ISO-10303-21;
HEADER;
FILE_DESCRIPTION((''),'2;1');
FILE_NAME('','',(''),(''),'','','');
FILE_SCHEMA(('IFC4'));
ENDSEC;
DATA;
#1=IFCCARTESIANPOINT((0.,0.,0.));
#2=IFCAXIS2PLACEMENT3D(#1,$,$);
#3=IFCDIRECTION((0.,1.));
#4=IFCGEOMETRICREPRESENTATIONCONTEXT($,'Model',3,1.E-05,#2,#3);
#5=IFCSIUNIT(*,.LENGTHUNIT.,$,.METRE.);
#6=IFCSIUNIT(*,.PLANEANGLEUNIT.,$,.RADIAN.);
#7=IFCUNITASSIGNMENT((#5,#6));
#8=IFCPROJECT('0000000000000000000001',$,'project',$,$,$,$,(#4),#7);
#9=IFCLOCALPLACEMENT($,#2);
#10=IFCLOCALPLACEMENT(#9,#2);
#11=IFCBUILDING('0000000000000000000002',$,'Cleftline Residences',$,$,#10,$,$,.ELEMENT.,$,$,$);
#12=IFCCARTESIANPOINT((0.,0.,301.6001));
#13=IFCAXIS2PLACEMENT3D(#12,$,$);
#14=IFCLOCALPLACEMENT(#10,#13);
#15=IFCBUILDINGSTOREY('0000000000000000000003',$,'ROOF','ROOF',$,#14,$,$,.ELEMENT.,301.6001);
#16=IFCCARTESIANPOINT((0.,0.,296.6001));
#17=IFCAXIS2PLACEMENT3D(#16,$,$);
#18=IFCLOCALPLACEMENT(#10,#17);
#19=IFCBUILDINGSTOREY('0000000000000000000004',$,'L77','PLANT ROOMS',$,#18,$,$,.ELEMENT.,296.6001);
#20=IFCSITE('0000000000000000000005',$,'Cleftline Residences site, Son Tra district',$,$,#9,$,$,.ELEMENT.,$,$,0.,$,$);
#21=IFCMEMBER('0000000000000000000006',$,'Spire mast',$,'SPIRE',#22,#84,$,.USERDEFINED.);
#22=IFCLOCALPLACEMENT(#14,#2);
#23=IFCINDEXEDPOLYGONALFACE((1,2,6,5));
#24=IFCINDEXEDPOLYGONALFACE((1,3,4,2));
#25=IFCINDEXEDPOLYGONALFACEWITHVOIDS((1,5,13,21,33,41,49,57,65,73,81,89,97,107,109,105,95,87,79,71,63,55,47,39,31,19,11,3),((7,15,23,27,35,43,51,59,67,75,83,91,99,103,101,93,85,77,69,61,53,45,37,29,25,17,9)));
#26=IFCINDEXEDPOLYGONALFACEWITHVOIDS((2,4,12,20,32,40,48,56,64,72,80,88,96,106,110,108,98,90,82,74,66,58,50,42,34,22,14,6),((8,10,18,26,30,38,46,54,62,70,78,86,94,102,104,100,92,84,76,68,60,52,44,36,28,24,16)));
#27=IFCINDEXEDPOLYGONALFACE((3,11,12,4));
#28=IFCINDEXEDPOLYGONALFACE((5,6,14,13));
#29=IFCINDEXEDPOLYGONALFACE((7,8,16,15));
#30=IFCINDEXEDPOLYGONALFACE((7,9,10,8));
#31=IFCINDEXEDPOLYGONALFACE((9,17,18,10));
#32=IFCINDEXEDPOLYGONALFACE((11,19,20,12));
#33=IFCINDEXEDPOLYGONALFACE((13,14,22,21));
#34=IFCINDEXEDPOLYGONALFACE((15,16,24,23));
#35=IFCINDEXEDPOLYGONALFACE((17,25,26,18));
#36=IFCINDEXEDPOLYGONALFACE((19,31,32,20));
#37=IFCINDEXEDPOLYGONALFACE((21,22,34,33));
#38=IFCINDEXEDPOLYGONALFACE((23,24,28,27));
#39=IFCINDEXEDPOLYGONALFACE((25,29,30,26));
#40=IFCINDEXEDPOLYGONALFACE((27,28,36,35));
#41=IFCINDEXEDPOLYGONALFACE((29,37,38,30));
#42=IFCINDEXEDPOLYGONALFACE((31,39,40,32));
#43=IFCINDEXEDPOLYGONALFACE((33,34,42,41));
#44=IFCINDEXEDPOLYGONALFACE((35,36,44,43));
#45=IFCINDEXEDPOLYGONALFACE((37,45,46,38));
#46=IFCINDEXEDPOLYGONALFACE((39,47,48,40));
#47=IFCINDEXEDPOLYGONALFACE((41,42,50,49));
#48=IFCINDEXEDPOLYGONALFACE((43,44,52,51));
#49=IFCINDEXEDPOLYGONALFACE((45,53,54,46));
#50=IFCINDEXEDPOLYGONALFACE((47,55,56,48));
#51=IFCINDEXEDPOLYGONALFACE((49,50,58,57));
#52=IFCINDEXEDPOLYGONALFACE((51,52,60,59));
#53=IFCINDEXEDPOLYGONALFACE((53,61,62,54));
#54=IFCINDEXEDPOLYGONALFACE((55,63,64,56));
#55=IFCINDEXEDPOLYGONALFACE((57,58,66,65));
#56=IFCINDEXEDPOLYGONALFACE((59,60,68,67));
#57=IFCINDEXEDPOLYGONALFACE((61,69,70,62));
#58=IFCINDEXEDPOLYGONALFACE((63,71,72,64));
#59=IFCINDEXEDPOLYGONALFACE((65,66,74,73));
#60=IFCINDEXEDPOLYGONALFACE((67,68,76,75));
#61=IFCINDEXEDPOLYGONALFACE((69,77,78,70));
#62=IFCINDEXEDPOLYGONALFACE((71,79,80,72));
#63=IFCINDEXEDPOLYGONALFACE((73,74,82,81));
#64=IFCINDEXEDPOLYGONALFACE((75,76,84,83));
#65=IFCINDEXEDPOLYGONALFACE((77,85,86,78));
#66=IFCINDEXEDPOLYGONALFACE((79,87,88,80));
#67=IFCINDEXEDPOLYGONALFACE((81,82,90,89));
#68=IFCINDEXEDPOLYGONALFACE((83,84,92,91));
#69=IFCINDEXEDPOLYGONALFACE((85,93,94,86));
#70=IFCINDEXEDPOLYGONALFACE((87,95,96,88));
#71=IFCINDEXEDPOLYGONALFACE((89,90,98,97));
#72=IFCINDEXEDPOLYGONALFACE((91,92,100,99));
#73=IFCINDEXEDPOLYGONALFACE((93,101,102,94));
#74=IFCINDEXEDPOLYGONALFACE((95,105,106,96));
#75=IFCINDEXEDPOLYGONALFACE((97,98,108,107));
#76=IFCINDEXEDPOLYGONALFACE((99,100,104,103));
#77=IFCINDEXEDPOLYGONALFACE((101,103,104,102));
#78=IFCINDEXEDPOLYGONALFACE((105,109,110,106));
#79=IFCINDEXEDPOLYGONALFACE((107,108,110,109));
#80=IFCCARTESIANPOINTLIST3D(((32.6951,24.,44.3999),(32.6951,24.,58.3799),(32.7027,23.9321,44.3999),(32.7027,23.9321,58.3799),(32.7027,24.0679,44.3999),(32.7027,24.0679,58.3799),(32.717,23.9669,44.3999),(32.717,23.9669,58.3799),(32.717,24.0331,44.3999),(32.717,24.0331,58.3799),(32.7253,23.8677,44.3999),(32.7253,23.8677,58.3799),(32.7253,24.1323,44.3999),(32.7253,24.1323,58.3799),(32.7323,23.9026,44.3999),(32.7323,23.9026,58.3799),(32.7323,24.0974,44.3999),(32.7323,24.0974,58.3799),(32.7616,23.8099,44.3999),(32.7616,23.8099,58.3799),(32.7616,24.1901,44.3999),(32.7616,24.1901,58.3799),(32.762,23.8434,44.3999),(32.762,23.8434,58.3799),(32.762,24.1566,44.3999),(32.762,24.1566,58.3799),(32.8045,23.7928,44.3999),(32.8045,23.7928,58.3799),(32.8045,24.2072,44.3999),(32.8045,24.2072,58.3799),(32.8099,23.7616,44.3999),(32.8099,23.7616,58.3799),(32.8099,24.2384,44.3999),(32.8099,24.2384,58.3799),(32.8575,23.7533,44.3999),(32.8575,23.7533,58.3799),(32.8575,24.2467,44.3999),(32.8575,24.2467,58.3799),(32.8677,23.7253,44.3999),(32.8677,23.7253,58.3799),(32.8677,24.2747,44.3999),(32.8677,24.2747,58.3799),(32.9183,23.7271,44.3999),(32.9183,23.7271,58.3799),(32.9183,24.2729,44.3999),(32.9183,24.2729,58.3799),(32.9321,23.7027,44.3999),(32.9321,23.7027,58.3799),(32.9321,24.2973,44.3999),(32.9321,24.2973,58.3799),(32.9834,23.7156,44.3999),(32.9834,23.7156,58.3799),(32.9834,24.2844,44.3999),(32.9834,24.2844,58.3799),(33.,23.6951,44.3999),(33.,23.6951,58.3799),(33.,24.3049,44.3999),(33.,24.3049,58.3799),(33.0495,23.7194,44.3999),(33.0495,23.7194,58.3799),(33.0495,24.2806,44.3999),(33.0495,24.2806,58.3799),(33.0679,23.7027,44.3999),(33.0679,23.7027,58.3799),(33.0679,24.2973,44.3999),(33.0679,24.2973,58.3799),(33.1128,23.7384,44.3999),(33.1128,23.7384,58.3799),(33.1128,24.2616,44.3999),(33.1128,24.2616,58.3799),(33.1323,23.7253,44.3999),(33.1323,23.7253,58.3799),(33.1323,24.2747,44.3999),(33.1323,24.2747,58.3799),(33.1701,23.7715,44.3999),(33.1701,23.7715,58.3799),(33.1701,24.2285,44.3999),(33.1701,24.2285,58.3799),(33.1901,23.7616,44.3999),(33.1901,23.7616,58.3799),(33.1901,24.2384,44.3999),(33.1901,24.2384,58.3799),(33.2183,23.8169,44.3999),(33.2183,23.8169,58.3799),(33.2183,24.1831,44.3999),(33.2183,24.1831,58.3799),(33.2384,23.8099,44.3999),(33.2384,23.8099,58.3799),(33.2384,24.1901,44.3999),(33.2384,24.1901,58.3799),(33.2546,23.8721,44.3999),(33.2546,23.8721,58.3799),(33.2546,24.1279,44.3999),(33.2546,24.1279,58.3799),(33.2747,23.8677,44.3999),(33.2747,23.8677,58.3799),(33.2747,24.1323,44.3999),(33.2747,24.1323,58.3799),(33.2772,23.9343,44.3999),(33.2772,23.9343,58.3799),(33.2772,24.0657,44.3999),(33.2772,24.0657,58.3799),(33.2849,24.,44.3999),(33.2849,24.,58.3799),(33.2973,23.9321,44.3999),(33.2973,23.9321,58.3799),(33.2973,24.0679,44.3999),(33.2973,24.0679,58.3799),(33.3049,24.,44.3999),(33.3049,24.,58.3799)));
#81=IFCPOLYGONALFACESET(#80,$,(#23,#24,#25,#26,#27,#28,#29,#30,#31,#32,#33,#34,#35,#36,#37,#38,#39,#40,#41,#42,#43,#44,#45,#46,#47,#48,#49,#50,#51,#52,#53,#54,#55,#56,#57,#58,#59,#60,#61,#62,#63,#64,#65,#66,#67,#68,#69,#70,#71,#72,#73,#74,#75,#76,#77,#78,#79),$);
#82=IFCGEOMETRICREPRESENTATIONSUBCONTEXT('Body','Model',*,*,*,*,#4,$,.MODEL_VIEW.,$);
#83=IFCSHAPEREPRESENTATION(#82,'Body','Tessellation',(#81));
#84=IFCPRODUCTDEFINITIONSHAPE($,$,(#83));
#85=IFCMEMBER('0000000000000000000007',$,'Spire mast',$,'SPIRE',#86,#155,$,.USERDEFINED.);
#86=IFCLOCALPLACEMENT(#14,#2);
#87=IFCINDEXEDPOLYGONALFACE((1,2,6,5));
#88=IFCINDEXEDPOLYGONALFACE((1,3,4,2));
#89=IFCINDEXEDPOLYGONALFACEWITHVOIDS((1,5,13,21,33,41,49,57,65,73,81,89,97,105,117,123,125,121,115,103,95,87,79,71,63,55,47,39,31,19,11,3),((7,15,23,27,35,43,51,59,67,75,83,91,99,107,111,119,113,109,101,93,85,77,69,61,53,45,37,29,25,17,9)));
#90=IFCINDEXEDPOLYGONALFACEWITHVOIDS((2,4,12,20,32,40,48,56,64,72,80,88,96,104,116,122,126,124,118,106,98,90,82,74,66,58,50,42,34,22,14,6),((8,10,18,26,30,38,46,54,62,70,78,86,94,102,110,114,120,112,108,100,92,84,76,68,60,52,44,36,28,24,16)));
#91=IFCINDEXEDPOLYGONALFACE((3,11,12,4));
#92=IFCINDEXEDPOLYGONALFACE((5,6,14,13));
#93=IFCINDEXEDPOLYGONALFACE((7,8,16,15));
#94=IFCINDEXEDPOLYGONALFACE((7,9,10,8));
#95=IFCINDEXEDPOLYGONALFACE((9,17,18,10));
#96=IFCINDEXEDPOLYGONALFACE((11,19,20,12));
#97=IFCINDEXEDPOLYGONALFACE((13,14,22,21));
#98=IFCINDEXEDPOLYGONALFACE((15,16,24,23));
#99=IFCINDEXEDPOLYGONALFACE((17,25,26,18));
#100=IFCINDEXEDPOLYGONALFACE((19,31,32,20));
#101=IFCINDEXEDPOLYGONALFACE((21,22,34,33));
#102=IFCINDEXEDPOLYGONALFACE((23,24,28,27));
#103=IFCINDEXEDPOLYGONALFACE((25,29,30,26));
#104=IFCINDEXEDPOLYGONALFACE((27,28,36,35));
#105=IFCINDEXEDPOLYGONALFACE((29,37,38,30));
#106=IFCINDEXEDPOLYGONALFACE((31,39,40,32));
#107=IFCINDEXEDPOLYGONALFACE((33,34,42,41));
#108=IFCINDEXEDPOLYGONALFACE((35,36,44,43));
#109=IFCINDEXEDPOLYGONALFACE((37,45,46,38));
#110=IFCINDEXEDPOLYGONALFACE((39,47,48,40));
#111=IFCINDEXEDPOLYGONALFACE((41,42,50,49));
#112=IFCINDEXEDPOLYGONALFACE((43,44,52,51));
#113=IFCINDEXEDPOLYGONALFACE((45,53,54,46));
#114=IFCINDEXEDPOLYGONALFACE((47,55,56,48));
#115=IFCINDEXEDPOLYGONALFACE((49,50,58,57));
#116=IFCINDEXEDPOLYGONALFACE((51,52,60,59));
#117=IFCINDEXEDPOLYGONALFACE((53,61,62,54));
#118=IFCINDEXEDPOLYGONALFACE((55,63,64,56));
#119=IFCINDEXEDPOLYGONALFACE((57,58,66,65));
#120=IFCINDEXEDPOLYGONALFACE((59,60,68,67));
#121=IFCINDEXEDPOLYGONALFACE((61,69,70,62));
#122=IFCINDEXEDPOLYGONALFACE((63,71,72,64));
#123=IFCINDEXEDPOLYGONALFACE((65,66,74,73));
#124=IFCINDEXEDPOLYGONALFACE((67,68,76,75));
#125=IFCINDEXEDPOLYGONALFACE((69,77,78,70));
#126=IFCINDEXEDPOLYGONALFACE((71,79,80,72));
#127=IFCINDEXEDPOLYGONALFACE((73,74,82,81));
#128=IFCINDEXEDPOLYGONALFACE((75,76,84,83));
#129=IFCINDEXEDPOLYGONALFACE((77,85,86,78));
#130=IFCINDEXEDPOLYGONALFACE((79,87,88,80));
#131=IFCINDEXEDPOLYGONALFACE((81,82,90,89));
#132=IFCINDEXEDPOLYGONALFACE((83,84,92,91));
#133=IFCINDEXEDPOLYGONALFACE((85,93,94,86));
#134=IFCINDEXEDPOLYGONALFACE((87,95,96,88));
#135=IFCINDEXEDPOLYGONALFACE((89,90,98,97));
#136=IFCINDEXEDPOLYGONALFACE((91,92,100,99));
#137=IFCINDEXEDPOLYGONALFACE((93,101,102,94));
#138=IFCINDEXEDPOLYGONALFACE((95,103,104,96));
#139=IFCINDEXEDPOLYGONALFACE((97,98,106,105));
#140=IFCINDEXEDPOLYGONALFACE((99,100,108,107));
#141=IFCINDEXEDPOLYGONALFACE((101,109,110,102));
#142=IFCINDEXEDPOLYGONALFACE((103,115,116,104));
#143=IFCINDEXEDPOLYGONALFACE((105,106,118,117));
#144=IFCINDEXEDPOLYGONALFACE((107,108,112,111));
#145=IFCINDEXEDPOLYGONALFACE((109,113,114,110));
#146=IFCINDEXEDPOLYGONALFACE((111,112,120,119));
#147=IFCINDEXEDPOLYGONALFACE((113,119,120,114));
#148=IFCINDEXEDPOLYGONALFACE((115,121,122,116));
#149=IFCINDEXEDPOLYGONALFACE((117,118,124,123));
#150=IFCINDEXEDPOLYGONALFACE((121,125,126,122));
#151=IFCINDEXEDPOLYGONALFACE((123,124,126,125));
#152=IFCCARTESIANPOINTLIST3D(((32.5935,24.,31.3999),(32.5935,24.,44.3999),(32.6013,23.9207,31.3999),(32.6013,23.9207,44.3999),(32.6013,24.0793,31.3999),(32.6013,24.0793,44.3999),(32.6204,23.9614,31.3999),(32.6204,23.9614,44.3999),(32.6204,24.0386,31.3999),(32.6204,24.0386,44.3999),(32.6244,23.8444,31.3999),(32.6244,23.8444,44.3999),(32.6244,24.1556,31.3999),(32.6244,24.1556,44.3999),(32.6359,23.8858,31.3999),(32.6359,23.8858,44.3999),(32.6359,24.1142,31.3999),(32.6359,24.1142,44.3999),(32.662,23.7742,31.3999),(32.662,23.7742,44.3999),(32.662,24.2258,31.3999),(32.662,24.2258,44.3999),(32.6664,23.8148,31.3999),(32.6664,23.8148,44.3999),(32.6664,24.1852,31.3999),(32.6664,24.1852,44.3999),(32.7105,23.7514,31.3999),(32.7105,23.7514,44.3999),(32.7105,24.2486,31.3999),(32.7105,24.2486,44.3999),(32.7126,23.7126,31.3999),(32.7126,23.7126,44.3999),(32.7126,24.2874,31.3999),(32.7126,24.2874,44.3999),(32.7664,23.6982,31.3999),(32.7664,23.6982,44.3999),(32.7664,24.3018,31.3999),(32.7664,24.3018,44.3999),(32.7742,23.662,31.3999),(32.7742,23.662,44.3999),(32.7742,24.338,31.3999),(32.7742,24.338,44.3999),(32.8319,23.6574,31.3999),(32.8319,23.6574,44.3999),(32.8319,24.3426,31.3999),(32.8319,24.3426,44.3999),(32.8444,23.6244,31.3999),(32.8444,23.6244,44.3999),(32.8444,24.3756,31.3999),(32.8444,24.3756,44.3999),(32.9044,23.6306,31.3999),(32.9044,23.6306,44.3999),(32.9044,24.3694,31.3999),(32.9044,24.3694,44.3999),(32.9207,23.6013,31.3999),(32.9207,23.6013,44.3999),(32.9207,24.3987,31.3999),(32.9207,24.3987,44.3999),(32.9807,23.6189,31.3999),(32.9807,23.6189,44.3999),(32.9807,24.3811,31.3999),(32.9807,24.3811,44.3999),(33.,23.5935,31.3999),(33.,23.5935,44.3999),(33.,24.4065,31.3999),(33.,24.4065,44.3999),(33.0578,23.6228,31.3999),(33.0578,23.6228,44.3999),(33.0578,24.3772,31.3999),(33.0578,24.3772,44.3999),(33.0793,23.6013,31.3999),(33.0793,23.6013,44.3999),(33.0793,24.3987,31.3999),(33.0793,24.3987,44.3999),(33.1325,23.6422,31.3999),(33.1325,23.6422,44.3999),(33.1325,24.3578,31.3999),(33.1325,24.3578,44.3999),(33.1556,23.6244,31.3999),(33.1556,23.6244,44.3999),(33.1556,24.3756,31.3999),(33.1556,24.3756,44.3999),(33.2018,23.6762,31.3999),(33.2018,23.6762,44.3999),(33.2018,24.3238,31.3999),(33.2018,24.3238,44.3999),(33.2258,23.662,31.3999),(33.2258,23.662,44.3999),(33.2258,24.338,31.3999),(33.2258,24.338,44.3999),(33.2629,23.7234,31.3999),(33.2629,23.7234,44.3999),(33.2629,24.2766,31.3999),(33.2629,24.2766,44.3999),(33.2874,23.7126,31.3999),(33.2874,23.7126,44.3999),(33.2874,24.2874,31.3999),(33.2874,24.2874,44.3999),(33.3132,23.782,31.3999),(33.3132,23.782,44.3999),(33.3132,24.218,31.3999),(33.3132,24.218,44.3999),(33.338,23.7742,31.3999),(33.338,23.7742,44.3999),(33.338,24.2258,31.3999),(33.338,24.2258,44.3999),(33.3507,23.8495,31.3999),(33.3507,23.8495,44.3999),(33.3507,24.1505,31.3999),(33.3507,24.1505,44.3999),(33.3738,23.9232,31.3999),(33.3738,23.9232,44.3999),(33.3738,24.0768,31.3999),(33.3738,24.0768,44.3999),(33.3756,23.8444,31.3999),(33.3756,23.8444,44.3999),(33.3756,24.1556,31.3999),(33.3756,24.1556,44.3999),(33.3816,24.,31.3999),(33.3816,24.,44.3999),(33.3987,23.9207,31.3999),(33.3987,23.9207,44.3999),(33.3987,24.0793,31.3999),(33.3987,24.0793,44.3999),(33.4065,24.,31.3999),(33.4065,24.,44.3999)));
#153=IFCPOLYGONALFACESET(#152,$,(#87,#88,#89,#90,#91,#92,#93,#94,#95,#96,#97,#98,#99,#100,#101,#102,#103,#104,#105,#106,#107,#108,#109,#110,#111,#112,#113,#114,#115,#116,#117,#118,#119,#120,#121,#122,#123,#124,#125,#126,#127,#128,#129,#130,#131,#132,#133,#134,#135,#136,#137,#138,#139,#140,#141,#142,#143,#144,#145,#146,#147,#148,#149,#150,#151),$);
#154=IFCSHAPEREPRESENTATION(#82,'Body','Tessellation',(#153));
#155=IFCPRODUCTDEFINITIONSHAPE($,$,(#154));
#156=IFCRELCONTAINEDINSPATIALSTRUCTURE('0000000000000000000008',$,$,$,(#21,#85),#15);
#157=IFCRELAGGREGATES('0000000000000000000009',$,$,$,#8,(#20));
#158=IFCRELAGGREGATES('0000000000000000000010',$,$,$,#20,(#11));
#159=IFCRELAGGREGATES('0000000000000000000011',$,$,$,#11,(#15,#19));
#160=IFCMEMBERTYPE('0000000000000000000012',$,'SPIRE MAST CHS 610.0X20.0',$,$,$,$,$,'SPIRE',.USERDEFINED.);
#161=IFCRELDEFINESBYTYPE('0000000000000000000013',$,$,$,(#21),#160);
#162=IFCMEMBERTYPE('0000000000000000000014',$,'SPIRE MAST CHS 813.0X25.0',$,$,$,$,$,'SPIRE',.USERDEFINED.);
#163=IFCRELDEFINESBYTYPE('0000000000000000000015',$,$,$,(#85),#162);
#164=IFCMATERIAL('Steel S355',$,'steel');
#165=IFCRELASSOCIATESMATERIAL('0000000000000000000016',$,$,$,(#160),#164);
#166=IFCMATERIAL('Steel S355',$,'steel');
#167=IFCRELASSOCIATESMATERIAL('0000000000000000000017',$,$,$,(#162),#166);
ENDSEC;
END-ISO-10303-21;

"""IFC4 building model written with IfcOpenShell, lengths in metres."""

from ifc_helpers import new_model, si_unit, direction, frame, origin, origin_2d, place, context, subcontext, project, spatial, hollow_circle, extrude, material, material_profile, profile_set, type_object, element, save


model = new_model("IFC4")

# Units and contexts
model_context = context("Model", 3, precision=1e-05, world=origin(), true_north=direction((0.0, 1.0)))
body_context = subcontext(model_context, "Body", "Model", "MODEL_VIEW")
ifc_project = project(units=[si_unit("LENGTHUNIT", "METRE"), si_unit("PLANEANGLEUNIT", "RADIAN")], contexts=[model_context])

# Site, building, storey
site_placement = place(None, origin())
site = spatial("IfcSite", under=ifc_project, at=site_placement, Name="Cleftline Residences site, Son Tra district", CompositionType="ELEMENT", RefElevation=0.0)
building_placement = place(site_placement, origin())
building = spatial("IfcBuilding", under=site, at=building_placement, Name="Cleftline Residences", CompositionType="ELEMENT")
storey_1_placement = place(building_placement, frame((0.0, 0.0, 301.6001)))
storey_1 = spatial("IfcBuildingStorey", under=building, at=storey_1_placement, Name="ROOF", Description="ROOF", CompositionType="ELEMENT", Elevation=301.6001)

# Members
ifc_material_1 = material(Name="Steel S355", Category="steel")
ifc_material_profile_1 = material_profile(ifc_material_1, hollow_circle(Radius=0.3049, WallThickness=0.02, at=origin_2d()))
ifc_profile_set_1 = profile_set([ifc_material_profile_1], Name="Steel S355")
member_type_1 = type_object("IfcMemberType", Name="SPIRE MAST CHS 610.0X20.0", ElementType="SPIRE", PredefinedType="USERDEFINED", material=ifc_profile_set_1)
member_1_placement = place(storey_1_placement, frame((33.0, 24.0, 44.3999), z_axis=(0.0, 0.0, 1.0), x_axis=(1.0, 0.0, 0.0)))
element("IfcMember", 1, at=member_1_placement, inside=storey_1, type_object=member_type_1, Name="Spire mast", ObjectType="SPIRE", PredefinedType="USERDEFINED", context=body_context, shape_type="SweptSolid", body=[
    extrude(hollow_circle(Radius=0.3049, WallThickness=0.02, at=origin_2d()), origin(), (0.0, 0.0, 1.0), 13.98),
])
ifc_material_2 = material(Name="Steel S355", Category="steel")
ifc_material_profile_2 = material_profile(ifc_material_2, hollow_circle(Radius=0.4065, WallThickness=0.0249, at=origin_2d()))
ifc_profile_set_2 = profile_set([ifc_material_profile_2], Name="Steel S355")
member_type_2 = type_object("IfcMemberType", Name="SPIRE MAST CHS 813.0X25.0", ElementType="SPIRE", PredefinedType="USERDEFINED", material=ifc_profile_set_2)
member_2_placement = place(storey_1_placement, frame((33.0, 24.0, 31.3999), z_axis=(0.0, 0.0, 1.0), x_axis=(1.0, 0.0, 0.0)))
element("IfcMember", 2, at=member_2_placement, inside=storey_1, type_object=member_type_2, Name="Spire mast", ObjectType="SPIRE", PredefinedType="USERDEFINED", context=body_context, shape_type="SweptSolid", body=[
    extrude(hollow_circle(Radius=0.4065, WallThickness=0.0249, at=origin_2d()), origin(), (0.0, 0.0, 1.0), 13.0),
])

# Shared definitions
storey_2_placement = place(building_placement, frame((0.0, 0.0, 296.6001)))
storey_2 = spatial("IfcBuildingStorey", under=building, at=storey_2_placement, Name="L77", Description="PLANT ROOMS", CompositionType="ELEMENT", Elevation=296.6001)

save(model, "model.ifc")
